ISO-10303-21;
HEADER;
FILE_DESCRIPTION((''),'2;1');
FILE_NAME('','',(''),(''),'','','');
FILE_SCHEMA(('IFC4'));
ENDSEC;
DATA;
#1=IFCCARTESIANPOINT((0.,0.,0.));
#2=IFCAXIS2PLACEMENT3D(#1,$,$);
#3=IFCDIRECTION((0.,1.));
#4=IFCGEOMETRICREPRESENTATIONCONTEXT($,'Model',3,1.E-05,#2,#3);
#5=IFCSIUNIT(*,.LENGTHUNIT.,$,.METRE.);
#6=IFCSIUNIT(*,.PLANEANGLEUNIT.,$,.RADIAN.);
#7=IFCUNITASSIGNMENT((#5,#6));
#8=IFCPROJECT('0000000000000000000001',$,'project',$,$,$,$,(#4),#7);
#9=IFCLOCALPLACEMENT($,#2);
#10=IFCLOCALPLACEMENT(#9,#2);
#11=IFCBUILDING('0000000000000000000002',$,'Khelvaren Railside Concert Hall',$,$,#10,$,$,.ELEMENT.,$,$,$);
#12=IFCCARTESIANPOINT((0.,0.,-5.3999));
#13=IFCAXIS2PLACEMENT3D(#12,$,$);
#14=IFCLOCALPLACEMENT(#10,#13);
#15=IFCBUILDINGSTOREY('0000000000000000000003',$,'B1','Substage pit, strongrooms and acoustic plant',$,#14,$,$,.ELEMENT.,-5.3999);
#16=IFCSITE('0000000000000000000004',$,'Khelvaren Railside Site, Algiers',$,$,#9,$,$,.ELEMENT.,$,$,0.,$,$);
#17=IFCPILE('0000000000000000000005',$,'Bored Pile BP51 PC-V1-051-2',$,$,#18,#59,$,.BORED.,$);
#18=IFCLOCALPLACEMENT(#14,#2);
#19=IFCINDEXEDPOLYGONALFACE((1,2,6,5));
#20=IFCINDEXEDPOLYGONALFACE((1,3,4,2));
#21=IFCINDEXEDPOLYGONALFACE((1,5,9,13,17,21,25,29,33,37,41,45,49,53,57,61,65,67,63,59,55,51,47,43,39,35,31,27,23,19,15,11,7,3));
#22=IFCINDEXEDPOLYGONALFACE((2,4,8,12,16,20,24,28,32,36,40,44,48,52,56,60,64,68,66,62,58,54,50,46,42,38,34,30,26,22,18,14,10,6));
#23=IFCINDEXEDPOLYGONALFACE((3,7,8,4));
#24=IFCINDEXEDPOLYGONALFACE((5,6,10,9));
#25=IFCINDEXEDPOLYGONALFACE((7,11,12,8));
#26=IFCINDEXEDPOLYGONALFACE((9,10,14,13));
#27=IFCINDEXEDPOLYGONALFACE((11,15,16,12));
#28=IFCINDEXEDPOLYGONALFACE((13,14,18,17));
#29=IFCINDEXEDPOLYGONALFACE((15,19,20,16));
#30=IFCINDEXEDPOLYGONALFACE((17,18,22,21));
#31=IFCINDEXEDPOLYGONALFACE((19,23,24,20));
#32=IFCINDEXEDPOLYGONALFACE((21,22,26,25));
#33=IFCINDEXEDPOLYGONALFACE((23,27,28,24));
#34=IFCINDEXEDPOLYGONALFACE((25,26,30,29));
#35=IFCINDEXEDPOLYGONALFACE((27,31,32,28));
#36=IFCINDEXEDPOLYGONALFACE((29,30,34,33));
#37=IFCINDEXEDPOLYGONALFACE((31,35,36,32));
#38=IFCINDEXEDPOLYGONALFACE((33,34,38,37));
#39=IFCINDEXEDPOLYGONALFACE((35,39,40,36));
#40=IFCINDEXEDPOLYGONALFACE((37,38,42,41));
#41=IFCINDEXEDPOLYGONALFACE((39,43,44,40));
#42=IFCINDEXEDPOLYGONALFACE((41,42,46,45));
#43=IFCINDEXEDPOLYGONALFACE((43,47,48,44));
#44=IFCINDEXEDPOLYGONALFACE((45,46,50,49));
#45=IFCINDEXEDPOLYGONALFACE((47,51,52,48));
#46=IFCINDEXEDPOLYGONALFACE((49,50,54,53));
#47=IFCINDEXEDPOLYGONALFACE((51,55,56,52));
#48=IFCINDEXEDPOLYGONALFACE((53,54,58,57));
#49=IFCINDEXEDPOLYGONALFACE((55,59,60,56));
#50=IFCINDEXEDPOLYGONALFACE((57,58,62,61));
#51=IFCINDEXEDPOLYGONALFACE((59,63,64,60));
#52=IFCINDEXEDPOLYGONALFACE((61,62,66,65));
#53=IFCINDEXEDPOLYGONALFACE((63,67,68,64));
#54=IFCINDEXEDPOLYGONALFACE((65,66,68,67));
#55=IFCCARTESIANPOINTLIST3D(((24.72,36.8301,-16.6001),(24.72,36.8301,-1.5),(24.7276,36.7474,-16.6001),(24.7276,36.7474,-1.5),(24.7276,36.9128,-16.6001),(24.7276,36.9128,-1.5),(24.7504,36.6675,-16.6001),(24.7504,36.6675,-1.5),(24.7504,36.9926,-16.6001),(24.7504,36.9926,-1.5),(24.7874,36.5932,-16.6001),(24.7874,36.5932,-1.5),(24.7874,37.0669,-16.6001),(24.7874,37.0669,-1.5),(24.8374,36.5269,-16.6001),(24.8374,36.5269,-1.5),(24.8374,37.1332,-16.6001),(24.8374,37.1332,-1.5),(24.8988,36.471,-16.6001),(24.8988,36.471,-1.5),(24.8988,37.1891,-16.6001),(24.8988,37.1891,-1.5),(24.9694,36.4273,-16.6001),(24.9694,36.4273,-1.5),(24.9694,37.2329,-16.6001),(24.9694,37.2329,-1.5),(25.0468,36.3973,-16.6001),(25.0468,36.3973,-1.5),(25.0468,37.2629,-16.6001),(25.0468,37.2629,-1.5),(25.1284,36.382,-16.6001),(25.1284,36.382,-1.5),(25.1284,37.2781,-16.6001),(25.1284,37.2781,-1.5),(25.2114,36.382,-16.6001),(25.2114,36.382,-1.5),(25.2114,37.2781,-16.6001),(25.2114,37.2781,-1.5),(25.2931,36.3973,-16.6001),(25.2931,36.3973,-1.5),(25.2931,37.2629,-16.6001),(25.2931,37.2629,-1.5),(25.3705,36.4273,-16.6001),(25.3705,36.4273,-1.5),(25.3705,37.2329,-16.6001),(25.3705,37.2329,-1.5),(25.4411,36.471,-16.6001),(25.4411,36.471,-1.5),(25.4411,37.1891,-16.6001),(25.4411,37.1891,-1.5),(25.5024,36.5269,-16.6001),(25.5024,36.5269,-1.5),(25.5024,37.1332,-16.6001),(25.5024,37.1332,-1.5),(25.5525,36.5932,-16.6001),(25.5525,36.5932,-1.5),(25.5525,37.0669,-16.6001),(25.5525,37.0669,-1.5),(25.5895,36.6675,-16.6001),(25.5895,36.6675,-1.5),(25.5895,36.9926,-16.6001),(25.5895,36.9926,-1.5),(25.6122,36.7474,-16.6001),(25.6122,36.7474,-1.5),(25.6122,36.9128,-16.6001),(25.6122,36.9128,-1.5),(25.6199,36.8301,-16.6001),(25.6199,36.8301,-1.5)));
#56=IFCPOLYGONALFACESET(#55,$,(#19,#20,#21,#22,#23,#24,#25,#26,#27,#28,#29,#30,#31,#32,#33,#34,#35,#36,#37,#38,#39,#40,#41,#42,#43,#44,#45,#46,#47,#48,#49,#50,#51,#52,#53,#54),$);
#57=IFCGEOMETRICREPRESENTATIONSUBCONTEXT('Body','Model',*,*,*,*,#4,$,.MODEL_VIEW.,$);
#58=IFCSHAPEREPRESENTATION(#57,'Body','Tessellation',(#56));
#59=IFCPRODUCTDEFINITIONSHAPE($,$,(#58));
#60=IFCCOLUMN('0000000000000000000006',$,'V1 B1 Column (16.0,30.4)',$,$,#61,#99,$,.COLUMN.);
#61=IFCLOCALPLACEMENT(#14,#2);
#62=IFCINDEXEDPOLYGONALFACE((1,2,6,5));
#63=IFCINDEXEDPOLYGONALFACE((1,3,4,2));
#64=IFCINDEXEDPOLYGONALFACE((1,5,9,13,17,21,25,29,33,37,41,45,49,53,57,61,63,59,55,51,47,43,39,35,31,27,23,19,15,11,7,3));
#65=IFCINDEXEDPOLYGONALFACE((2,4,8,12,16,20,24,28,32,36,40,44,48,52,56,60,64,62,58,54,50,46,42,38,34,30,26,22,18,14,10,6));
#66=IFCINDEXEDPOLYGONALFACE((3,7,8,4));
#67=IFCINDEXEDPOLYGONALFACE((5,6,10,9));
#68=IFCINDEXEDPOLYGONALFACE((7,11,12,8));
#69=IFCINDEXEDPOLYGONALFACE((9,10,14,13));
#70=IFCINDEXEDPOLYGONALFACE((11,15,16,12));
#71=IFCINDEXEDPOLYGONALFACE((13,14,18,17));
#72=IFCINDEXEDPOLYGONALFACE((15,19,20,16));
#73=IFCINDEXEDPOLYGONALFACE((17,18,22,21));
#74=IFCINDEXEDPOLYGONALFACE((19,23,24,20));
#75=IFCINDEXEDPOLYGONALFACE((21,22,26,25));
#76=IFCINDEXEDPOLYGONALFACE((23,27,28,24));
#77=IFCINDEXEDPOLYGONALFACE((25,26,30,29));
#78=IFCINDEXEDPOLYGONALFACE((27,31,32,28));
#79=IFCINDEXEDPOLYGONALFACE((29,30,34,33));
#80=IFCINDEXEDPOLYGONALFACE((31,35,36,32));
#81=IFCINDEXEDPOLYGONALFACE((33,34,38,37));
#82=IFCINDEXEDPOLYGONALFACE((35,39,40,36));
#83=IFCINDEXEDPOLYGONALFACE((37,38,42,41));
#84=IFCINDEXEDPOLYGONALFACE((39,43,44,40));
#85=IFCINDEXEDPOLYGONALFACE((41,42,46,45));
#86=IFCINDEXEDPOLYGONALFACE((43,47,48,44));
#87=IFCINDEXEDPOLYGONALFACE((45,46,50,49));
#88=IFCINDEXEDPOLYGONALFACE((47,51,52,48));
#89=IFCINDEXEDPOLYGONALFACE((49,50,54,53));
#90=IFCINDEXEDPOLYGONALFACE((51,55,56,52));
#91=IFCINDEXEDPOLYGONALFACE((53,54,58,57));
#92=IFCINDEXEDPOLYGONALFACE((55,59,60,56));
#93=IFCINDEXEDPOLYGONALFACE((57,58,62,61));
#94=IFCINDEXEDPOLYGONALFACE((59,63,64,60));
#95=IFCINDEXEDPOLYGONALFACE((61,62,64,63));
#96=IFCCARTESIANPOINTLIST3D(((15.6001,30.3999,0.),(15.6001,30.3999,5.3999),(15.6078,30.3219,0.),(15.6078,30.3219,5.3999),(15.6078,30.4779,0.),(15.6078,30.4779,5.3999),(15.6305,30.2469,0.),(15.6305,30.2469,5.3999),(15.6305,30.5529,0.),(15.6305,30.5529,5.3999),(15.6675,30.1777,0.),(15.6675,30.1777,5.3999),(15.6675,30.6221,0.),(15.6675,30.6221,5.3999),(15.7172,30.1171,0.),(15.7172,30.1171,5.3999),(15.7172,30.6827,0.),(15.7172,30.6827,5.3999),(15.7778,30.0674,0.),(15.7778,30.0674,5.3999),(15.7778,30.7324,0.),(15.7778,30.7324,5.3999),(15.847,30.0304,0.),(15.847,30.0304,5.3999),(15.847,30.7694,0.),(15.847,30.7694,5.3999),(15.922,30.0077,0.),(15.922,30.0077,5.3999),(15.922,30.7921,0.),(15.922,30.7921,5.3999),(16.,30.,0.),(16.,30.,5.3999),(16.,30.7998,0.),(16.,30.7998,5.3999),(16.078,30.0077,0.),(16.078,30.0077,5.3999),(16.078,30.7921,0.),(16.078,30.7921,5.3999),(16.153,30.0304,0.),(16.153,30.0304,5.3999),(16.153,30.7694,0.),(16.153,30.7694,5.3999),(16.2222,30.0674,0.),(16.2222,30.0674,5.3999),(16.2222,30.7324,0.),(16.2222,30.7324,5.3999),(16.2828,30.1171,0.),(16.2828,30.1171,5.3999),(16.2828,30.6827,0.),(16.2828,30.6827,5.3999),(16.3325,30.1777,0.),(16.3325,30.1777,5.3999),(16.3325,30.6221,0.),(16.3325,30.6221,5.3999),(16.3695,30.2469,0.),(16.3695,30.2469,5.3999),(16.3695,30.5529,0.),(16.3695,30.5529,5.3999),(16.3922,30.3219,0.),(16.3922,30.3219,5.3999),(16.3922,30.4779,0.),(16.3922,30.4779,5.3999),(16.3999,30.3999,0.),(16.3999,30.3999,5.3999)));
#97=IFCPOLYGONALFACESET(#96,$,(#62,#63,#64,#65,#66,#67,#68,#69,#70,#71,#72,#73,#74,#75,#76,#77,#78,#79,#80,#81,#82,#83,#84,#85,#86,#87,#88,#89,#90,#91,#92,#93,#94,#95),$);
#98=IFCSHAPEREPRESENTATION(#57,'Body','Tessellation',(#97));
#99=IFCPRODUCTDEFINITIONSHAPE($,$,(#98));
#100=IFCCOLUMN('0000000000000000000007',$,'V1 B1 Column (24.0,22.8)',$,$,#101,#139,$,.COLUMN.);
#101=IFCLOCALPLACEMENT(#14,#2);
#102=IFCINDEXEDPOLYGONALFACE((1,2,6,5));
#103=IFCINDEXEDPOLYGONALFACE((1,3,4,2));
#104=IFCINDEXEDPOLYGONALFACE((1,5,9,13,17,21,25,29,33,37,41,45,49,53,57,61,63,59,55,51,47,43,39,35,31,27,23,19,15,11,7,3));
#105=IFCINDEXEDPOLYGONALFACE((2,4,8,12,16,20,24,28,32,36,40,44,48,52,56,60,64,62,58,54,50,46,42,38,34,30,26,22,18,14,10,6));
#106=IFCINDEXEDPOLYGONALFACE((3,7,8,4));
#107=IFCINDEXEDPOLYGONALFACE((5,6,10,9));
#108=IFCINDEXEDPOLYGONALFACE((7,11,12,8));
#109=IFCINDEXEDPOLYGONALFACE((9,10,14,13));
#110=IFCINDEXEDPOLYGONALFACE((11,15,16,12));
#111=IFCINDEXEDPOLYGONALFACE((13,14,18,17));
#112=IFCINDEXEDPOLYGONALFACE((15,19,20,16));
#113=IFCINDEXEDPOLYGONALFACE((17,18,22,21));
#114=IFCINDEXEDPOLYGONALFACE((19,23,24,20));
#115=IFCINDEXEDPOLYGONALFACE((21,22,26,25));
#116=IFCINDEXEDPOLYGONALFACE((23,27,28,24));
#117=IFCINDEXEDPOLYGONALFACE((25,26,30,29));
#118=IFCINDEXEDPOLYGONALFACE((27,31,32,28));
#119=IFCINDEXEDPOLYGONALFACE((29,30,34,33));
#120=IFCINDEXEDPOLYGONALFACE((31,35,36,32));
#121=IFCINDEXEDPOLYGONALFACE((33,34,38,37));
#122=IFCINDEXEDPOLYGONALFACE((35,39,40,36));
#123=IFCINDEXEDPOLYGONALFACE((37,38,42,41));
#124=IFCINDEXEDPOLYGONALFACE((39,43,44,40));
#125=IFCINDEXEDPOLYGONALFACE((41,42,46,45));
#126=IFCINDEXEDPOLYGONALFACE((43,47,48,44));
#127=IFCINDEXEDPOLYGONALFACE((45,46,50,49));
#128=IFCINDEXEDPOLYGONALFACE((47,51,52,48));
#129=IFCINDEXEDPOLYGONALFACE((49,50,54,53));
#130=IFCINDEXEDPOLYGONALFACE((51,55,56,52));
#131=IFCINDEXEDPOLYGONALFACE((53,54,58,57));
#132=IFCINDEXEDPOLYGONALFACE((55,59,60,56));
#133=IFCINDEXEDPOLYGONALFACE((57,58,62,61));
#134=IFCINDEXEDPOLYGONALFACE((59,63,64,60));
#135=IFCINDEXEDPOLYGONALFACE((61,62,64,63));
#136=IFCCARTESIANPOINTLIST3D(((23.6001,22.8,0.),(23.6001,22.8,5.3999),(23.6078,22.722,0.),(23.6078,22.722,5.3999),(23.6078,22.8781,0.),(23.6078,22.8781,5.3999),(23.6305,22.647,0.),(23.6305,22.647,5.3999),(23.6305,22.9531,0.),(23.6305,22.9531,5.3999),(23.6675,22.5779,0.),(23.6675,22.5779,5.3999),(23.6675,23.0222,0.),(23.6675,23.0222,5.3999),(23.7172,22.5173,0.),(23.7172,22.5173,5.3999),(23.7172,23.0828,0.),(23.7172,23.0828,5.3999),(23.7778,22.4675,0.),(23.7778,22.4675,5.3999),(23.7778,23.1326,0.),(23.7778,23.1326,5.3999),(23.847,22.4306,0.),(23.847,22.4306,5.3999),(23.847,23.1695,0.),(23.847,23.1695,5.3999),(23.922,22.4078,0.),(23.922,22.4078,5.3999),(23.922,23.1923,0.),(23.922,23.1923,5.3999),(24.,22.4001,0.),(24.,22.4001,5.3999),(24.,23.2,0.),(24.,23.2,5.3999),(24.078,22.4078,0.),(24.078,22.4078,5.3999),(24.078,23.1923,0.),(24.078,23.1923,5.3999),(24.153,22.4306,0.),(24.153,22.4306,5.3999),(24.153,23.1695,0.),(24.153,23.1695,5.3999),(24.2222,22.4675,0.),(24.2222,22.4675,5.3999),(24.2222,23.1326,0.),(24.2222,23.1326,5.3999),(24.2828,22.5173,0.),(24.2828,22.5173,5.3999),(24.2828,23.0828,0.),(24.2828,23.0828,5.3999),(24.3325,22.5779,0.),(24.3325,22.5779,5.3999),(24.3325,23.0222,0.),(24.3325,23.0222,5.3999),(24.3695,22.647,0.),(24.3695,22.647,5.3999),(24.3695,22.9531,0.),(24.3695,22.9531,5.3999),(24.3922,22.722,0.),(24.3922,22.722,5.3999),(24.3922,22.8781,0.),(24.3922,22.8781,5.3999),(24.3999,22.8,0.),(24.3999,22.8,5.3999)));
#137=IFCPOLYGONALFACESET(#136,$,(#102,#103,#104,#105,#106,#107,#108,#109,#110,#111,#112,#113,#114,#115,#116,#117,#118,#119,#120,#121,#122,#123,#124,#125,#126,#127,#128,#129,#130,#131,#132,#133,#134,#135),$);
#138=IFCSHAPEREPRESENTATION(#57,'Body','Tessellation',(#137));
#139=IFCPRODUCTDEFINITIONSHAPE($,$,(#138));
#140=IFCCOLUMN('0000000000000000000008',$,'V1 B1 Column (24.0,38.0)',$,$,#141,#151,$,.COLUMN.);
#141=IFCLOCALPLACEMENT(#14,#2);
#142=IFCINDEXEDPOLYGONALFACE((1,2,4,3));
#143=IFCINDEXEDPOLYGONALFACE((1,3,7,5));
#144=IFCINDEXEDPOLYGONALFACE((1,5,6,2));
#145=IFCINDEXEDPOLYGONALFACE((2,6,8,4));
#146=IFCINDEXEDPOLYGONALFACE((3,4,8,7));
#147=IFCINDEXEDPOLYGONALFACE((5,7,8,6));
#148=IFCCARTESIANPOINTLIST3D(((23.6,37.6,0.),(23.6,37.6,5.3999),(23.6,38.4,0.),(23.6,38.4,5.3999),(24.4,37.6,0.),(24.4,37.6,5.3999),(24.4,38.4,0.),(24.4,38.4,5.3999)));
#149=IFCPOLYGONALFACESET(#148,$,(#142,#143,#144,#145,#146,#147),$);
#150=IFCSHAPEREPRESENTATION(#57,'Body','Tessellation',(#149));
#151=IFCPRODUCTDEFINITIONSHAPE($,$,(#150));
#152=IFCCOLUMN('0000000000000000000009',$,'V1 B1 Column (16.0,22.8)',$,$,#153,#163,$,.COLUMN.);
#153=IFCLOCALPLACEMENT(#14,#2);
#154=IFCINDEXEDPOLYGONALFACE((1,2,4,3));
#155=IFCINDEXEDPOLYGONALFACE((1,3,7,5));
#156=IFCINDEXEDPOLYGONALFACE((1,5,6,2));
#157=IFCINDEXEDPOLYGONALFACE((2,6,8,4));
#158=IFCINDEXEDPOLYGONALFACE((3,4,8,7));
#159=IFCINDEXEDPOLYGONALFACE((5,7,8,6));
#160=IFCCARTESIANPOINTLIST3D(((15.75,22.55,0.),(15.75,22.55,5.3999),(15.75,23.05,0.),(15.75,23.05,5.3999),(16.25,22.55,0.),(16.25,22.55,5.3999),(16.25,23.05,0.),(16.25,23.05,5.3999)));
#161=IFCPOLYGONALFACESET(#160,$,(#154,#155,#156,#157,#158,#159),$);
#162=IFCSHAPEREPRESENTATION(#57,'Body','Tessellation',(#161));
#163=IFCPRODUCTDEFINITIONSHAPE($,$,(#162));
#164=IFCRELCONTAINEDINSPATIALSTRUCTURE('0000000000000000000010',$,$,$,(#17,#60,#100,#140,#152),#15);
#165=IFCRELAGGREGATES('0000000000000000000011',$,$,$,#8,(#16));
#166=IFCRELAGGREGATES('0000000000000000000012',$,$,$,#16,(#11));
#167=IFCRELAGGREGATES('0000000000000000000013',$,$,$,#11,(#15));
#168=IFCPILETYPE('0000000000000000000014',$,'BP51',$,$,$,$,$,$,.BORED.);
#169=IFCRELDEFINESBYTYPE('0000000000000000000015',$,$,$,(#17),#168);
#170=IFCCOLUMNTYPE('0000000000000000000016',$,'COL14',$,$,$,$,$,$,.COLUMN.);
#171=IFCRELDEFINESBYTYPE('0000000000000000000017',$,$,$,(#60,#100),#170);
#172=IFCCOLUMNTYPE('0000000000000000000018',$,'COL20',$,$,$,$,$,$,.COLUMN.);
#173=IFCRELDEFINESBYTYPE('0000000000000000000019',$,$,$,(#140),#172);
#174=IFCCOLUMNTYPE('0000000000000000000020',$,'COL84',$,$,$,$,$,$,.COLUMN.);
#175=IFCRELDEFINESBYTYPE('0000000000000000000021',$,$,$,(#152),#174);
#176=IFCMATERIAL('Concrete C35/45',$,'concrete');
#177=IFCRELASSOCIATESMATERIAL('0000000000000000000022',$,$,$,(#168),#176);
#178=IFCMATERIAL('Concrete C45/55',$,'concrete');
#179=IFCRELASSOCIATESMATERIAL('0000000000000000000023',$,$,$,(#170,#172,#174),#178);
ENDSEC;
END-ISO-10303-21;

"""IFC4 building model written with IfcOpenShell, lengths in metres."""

from ifc_helpers import new_model, si_unit, direction, frame, origin, origin_2d, place, context, subcontext, project, spatial, rectangle, circle, extrude, material, material_profile, profile_set, type_object, element, save


model = new_model("IFC4")

# Units and contexts
model_context = context("Model", 3, precision=1e-05, world=origin(), true_north=direction((0.0, 1.0)))
body_context = subcontext(model_context, "Body", "Model", "MODEL_VIEW")
ifc_project = project(units=[si_unit("LENGTHUNIT", "METRE"), si_unit("PLANEANGLEUNIT", "RADIAN")], contexts=[model_context])

# Site, building, storey
site_placement = place(None, origin())
site = spatial("IfcSite", under=ifc_project, at=site_placement, Name="Khelvaren Railside Site, Algiers", CompositionType="ELEMENT", RefElevation=0.0)
building_placement = place(site_placement, origin())
building = spatial("IfcBuilding", under=site, at=building_placement, Name="Khelvaren Railside Concert Hall", CompositionType="ELEMENT")
storey_placement = place(building_placement, frame((0.0, 0.0, -5.3999)))
storey = spatial("IfcBuildingStorey", under=building, at=storey_placement, Name="B1", Description="Substage pit, strongrooms and acoustic plant", CompositionType="ELEMENT", Elevation=-5.3999)

# Pile
ifc_material_1 = material(Name="Concrete C35/45", Category="concrete")
ifc_material_profile_1 = material_profile(ifc_material_1, circle(Radius=0.45, at=origin_2d()), Name="BP D900")
ifc_profile_set_1 = profile_set([ifc_material_profile_1], Name="Concrete C35/45")
pile_type = type_object("IfcPileType", Name="BP51", PredefinedType="BORED", material=ifc_profile_set_1)
for number, where, z_axis, x_axis, name in (
    (1, (25.1699, 36.8301, -1.5), (0.0, 0.0, -1.0), (1.0, 0.0, 0.0), "Bored Pile BP51 PC-V1-051-2"),
):
    element("IfcPile", number, at=place(storey_placement, frame(where, z_axis=z_axis, x_axis=x_axis)), inside=storey, type_object=pile_type, Name=name, PredefinedType="BORED", context=body_context, shape_type="SweptSolid", body=[
        extrude(circle(Radius=0.45, at=origin_2d()), origin(), (0.0, 0.0, 1.0), 15.1001),
    ])

# Columns
ifc_material_2 = material(Name="Concrete C45/55", Category="concrete")
ifc_material_profile_2 = material_profile(ifc_material_2, circle(Radius=0.3999, at=origin_2d()), Name="RC D800")
ifc_profile_set_2 = profile_set([ifc_material_profile_2], Name="Concrete C45/55")
column_type_1 = type_object("IfcColumnType", Name="COL14", PredefinedType="COLUMN", material=ifc_profile_set_2)
for number, where, z_axis, x_axis, name in (
    (2, (16.0, 30.3999, 0.0), (0.0, 0.0, 1.0), (1.0, 0.0, 0.0), "V1 B1 Column (16.0,30.4)"),
    (3, (24.0, 22.8, 0.0), (0.0, 0.0, 1.0), (1.0, 0.0, 0.0), "V1 B1 Column (24.0,22.8)"),
):
    element("IfcColumn", number, at=place(storey_placement, frame(where, z_axis=z_axis, x_axis=x_axis)), inside=storey, type_object=column_type_1, Name=name, PredefinedType="COLUMN", context=body_context, shape_type="SweptSolid", body=[
        extrude(circle(Radius=0.3999, at=origin_2d()), origin(), (0.0, 0.0, 1.0), 5.3999),
    ])
ifc_material_profile_3 = material_profile(ifc_material_2, rectangle(XDim=0.8, YDim=0.8, at=origin_2d()), Name="RC 800x800")
ifc_profile_set_3 = profile_set([ifc_material_profile_3], Name="Concrete C45/55")
column_type_2 = type_object("IfcColumnType", Name="COL20", PredefinedType="COLUMN", material=ifc_profile_set_3)
column_1_placement = place(storey_placement, frame((24.0, 38.0, 0.0), z_axis=(0.0, 0.0, 1.0), x_axis=(1.0, 0.0, 0.0)))
element("IfcColumn", 4, at=column_1_placement, inside=storey, type_object=column_type_2, Name="V1 B1 Column (24.0,38.0)", PredefinedType="COLUMN", context=body_context, shape_type="SweptSolid", body=[
    extrude(rectangle(XDim=0.8, YDim=0.8, at=origin_2d()), origin(), (0.0, 0.0, 1.0), 5.3999),
])
ifc_material_profile_4 = material_profile(ifc_material_2, rectangle(XDim=0.5, YDim=0.5, at=origin_2d()), Name="RC 500x500")
ifc_profile_set_4 = profile_set([ifc_material_profile_4], Name="Concrete C45/55")
column_type_3 = type_object("IfcColumnType", Name="COL84", PredefinedType="COLUMN", material=ifc_profile_set_4)
column_2_placement = place(storey_placement, frame((16.0, 22.8, 0.0), z_axis=(0.0, 0.0, 1.0), x_axis=(1.0, 0.0, 0.0)))
element("IfcColumn", 5, at=column_2_placement, inside=storey, type_object=column_type_3, Name="V1 B1 Column (16.0,22.8)", PredefinedType="COLUMN", context=body_context, shape_type="SweptSolid", body=[
    extrude(rectangle(XDim=0.5, YDim=0.5, at=origin_2d()), origin(), (0.0, 0.0, 1.0), 5.3999),
])

save(model, "model.ifc")
